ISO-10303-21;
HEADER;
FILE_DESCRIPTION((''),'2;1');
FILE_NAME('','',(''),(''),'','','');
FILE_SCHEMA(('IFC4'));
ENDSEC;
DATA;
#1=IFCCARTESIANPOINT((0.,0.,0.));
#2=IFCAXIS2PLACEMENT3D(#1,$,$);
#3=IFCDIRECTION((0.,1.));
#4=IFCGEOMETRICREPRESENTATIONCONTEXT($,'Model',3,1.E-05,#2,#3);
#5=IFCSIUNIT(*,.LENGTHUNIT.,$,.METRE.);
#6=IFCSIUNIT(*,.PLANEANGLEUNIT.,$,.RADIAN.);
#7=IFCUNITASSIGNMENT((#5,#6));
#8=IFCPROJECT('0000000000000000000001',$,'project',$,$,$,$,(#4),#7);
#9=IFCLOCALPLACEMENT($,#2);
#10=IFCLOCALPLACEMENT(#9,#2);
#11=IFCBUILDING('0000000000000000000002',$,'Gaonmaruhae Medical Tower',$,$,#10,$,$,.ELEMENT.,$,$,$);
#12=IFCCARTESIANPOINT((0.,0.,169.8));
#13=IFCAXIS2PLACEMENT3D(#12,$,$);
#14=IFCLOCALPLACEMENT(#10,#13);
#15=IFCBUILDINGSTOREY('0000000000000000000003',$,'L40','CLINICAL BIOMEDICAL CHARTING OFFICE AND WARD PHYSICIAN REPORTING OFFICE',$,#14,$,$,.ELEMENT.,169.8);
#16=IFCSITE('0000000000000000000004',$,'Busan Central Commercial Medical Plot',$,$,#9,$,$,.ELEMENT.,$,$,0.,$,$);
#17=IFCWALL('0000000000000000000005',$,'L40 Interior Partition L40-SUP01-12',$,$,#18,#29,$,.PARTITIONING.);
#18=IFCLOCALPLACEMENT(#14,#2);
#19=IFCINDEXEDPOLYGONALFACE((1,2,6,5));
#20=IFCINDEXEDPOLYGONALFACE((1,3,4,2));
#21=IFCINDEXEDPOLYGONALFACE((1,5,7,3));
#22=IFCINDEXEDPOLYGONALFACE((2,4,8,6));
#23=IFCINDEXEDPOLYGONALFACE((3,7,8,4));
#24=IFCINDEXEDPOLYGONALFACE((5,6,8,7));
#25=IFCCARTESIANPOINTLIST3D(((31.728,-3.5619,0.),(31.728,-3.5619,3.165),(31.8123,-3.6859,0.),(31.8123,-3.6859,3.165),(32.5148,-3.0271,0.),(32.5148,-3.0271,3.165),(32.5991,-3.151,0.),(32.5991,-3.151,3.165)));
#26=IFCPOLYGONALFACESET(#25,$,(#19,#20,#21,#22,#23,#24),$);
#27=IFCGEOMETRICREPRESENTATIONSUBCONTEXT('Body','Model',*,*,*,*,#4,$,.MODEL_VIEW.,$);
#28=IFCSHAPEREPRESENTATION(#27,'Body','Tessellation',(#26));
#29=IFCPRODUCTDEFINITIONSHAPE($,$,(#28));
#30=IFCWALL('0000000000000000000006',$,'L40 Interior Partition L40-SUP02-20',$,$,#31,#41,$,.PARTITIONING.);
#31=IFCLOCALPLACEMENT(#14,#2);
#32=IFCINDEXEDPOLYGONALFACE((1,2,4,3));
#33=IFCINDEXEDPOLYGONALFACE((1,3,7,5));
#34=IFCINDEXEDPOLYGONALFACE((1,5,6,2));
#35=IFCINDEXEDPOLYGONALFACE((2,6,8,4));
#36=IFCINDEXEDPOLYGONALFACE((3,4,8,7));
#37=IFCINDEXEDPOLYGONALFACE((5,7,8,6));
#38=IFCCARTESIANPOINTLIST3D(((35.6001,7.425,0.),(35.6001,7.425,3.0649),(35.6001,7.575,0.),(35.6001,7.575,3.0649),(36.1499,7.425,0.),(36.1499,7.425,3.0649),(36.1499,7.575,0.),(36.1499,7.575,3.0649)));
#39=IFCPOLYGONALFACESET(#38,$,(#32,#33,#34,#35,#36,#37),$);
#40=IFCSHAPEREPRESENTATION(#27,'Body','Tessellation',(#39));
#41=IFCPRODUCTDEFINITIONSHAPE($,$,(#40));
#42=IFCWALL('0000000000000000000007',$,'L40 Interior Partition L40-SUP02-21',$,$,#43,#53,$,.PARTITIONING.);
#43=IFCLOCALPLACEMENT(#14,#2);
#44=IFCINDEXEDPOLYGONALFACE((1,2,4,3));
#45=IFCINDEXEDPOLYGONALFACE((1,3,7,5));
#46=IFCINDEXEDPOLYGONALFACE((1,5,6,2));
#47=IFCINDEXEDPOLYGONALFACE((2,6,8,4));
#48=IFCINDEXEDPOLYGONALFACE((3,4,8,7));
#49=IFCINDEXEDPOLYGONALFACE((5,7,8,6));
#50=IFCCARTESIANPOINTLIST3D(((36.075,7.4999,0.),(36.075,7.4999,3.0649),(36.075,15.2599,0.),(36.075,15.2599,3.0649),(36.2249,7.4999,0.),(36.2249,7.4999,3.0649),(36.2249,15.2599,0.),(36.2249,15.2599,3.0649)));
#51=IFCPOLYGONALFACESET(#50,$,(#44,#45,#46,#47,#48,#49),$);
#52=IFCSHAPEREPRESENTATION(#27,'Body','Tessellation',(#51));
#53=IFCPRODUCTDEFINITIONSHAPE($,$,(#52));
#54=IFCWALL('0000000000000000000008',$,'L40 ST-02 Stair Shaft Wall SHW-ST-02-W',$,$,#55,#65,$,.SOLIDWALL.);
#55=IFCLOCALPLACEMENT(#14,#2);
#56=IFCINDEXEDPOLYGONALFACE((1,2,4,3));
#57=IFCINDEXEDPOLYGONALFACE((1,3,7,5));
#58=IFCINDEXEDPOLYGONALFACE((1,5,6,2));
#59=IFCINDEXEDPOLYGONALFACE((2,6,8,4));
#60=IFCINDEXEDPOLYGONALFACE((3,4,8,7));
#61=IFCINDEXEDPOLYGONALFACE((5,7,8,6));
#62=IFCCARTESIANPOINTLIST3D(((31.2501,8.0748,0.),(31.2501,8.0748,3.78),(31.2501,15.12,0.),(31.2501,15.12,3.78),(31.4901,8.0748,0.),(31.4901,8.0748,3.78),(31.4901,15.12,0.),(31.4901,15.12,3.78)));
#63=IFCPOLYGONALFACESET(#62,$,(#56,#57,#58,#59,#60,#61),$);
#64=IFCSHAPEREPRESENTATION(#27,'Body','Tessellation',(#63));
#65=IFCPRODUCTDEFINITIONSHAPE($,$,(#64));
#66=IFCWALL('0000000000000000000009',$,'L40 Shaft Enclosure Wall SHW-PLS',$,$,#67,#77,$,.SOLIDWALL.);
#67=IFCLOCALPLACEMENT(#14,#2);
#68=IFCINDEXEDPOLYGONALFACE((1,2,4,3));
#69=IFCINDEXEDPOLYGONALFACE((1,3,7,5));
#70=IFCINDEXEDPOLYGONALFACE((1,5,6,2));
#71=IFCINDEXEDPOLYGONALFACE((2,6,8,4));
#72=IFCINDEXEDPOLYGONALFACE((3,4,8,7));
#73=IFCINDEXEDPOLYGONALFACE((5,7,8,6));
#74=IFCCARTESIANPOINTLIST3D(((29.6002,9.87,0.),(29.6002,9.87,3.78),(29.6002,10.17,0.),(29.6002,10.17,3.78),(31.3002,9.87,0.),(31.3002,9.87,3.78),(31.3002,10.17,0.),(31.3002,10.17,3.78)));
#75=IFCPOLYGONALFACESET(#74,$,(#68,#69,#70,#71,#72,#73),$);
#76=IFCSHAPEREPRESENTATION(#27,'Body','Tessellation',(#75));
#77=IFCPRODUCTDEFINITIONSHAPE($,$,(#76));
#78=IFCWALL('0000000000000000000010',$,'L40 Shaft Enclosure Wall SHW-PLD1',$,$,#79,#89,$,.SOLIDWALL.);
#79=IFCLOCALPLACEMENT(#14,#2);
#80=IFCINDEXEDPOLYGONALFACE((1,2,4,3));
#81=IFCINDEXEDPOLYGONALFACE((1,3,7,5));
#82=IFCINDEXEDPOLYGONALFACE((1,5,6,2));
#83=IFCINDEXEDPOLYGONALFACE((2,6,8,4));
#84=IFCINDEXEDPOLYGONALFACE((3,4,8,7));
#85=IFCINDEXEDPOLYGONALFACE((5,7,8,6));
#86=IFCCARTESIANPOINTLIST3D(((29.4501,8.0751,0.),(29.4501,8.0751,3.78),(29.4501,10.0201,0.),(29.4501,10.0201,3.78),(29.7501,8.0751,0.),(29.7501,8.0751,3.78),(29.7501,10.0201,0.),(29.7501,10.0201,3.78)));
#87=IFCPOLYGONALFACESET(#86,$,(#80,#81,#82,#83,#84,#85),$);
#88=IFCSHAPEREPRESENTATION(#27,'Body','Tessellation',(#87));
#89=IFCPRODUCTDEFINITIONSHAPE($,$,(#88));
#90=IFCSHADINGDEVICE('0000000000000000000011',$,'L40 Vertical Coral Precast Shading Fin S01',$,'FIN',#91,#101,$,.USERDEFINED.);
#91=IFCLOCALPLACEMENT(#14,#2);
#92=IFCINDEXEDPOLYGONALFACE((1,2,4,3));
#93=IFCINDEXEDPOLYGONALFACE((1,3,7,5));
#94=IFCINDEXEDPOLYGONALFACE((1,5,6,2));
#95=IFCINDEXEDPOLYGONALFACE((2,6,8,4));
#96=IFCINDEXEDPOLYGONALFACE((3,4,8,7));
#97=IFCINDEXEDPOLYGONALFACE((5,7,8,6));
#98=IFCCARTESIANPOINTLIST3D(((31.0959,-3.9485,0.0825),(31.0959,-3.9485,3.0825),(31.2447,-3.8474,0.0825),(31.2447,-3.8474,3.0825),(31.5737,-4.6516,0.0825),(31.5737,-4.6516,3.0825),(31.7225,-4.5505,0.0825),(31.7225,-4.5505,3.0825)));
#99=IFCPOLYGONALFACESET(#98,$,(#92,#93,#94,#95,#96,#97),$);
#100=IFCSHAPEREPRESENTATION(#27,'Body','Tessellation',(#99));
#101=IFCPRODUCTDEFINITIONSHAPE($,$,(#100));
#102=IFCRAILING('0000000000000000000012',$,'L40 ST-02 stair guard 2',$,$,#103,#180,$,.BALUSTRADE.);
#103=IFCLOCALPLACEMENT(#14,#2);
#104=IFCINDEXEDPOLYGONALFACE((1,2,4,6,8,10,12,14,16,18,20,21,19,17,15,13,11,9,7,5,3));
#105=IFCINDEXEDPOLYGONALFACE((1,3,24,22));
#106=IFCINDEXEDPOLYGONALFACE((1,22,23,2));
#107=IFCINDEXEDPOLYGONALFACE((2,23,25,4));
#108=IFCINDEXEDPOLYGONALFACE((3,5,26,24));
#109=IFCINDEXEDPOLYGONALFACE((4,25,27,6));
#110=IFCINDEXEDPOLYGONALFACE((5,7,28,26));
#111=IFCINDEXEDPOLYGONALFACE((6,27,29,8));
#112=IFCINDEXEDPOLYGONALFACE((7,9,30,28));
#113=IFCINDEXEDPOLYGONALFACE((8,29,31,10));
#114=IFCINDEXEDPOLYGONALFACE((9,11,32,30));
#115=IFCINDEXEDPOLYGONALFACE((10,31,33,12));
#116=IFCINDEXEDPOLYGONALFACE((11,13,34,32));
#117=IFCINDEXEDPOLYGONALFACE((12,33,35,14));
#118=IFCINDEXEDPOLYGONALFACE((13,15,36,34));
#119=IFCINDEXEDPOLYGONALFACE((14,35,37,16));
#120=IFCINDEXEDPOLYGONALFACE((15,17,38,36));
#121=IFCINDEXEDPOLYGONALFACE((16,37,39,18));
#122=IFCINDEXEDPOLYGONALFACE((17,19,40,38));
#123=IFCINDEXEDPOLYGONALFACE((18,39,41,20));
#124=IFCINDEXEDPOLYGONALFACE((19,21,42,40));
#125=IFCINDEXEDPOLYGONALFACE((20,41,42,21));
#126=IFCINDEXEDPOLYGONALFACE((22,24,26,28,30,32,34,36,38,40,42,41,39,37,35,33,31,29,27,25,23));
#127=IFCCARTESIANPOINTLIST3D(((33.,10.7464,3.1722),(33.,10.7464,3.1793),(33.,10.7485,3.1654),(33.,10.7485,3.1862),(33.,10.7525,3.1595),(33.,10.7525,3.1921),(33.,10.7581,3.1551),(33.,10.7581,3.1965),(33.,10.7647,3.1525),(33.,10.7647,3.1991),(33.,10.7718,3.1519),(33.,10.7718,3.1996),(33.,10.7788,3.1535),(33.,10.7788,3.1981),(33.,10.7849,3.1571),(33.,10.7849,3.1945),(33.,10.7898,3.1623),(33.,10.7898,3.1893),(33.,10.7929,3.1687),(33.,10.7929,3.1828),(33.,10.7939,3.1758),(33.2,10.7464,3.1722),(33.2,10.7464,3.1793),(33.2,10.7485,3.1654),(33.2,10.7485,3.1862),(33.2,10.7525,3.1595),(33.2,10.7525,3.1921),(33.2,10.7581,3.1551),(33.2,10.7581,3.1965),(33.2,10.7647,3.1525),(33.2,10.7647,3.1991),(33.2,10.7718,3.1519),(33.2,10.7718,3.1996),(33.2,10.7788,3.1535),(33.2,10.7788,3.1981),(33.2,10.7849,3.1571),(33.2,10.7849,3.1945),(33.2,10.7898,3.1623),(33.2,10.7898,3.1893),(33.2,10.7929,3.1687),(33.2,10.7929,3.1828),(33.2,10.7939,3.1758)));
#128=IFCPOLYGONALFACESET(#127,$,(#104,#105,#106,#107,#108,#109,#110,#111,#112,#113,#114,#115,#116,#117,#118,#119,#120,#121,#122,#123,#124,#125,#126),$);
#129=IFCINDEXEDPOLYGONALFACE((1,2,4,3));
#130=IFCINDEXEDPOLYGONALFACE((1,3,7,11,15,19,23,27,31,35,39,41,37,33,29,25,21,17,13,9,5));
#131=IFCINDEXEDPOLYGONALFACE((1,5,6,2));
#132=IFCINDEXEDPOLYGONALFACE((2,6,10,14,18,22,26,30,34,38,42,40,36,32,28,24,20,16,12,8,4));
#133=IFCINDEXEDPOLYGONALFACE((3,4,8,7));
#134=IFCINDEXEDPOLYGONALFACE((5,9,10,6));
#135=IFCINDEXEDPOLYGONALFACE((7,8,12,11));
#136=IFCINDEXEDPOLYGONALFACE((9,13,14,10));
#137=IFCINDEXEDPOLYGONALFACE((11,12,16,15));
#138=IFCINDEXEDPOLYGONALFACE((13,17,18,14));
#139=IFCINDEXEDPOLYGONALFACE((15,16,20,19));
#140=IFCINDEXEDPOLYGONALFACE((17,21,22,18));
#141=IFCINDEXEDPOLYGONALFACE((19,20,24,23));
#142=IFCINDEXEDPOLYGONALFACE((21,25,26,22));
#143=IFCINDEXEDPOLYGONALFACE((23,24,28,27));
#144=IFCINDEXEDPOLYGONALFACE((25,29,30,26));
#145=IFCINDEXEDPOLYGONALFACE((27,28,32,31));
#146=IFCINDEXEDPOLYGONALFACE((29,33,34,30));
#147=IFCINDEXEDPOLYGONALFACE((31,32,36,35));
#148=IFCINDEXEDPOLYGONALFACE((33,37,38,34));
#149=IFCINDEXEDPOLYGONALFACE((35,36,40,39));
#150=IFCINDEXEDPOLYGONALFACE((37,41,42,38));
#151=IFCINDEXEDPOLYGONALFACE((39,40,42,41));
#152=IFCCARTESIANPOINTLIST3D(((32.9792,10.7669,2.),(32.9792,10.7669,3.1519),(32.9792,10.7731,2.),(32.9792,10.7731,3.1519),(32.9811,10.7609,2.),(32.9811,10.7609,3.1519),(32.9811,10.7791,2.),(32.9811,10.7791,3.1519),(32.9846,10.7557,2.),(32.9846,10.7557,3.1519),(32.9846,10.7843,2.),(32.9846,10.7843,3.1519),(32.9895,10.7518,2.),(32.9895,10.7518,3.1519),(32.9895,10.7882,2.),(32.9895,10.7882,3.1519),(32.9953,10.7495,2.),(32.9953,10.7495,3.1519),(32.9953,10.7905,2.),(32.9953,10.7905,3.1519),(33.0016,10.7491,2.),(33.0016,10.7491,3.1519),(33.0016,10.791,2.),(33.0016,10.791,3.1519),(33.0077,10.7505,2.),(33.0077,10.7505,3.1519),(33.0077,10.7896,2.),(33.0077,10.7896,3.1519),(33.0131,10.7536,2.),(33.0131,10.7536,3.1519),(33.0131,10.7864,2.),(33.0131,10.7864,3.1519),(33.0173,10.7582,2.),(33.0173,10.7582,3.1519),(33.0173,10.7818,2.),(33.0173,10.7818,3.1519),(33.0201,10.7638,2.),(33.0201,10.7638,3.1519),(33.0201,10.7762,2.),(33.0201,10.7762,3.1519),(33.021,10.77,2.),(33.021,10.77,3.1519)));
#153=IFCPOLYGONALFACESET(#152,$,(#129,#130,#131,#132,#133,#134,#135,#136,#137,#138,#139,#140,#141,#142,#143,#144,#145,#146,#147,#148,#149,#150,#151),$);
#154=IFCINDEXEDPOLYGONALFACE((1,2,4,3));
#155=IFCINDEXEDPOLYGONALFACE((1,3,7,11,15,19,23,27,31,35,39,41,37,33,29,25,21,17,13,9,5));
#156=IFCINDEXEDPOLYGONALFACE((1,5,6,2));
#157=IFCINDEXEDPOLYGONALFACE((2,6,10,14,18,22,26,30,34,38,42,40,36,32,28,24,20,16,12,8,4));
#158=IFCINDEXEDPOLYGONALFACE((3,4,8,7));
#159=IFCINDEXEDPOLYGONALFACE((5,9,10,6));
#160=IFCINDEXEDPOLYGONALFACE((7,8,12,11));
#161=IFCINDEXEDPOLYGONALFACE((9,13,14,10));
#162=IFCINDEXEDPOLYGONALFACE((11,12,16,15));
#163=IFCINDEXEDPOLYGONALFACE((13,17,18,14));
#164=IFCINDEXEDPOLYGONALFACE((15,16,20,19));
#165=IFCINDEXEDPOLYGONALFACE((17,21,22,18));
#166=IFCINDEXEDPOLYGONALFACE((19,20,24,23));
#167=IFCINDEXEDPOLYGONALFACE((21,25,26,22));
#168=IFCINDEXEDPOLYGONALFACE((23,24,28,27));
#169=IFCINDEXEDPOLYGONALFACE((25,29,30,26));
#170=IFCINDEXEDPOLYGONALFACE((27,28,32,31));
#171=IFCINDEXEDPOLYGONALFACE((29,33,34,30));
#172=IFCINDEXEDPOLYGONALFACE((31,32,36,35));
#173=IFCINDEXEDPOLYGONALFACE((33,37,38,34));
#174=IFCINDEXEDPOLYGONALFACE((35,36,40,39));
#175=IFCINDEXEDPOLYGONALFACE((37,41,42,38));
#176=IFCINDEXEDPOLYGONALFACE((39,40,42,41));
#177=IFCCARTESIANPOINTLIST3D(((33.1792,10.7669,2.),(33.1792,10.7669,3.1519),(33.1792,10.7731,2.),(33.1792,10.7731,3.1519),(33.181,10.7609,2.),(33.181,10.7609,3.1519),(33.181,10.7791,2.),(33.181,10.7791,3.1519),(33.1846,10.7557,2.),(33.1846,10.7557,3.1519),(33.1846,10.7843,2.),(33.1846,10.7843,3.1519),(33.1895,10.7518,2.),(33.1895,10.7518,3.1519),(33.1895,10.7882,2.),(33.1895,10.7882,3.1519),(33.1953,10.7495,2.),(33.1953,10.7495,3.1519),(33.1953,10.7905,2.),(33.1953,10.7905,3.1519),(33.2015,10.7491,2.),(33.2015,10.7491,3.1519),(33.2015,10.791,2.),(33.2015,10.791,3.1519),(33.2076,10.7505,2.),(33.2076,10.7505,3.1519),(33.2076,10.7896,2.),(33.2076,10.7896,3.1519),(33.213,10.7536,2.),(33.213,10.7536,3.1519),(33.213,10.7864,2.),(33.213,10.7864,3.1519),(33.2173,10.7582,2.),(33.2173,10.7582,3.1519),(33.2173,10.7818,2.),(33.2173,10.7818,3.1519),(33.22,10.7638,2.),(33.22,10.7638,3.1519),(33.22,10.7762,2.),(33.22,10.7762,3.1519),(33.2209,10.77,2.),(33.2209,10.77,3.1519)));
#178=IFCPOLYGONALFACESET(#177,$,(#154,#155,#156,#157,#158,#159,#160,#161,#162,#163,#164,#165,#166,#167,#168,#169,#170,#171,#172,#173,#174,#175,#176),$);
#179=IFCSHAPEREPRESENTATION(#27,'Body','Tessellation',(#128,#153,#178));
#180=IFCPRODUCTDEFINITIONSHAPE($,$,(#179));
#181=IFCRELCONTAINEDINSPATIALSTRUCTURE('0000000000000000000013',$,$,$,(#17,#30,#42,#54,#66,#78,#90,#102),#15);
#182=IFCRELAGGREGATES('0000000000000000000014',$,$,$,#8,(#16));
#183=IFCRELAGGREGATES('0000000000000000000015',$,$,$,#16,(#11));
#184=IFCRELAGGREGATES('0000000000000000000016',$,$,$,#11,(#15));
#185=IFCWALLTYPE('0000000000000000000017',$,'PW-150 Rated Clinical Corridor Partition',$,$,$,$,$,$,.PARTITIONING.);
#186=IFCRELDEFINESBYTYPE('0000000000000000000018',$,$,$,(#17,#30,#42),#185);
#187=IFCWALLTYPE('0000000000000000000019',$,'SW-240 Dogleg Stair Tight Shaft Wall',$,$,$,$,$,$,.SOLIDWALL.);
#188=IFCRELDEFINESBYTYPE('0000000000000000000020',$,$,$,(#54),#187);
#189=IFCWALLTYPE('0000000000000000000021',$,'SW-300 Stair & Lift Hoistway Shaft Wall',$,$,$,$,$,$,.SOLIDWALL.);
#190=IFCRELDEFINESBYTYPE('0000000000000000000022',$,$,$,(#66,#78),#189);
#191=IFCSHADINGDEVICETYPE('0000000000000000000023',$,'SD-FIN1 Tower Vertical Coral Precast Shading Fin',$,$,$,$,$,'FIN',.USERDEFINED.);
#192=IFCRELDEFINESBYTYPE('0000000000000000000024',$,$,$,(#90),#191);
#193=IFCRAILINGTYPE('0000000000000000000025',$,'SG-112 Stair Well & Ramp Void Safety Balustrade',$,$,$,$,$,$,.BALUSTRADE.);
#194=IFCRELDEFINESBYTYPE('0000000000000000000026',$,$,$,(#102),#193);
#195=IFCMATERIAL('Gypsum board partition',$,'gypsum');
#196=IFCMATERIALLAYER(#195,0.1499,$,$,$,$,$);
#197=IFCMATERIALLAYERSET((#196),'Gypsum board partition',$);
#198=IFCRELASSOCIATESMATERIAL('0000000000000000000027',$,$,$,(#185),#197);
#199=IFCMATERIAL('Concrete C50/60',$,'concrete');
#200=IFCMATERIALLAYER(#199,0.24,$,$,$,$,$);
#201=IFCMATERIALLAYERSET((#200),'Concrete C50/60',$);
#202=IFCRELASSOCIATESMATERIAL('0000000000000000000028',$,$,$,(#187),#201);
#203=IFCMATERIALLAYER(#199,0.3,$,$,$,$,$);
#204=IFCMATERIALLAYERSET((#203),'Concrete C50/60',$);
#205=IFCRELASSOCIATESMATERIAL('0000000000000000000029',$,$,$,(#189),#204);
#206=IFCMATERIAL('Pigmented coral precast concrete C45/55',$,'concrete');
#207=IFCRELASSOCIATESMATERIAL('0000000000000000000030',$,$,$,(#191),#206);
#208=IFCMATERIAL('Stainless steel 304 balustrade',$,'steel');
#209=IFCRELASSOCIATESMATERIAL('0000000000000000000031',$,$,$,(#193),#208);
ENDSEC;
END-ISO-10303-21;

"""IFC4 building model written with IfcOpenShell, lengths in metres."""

from ifc_helpers import new_model, si_unit, direction, frame, frame_2d, origin, origin_2d, place, context, subcontext, project, spatial, rectangle, circle, extrude, material, layer, layer_set, type_object, element, save


model = new_model("IFC4")

# Units and contexts
model_context = context("Model", 3, precision=1e-05, world=origin(), true_north=direction((0.0, 1.0)))
body_context = subcontext(model_context, "Body", "Model", "MODEL_VIEW")
ifc_project = project(units=[si_unit("LENGTHUNIT", "METRE"), si_unit("PLANEANGLEUNIT", "RADIAN")], contexts=[model_context])

# Site, building, storey
site_placement = place(None, origin())
site = spatial("IfcSite", under=ifc_project, at=site_placement, Name="Busan Central Commercial Medical Plot", CompositionType="ELEMENT", RefElevation=0.0)
building_placement = place(site_placement, origin())
building = spatial("IfcBuilding", under=site, at=building_placement, Name="Gaonmaruhae Medical Tower", CompositionType="ELEMENT")
storey_placement = place(building_placement, frame((0.0, 0.0, 169.8)))
storey = spatial("IfcBuildingStorey", under=building, at=storey_placement, Name="L40", Description="CLINICAL BIOMEDICAL CHARTING OFFICE AND WARD PHYSICIAN REPORTING OFFICE", CompositionType="ELEMENT", Elevation=169.8)

# Shared definitions
ifc_material_1 = material(Name="Concrete C50/60", Category="concrete")

# Shared definitions
ifc_material_2 = material(Name="Gypsum board partition", Category="gypsum")
ifc_layer_1 = layer(ifc_material_2, 0.1499)
ifc_layer_set_1 = layer_set([ifc_layer_1], Name="Gypsum board partition")
wall_type_1 = type_object("IfcWallType", Name="PW-150 Rated Clinical Corridor Partition", PredefinedType="PARTITIONING", material=ifc_layer_set_1)

# Walls
wall_1_placement = place(storey_placement, frame((32.5569, -3.0891, 0.0), z_axis=(0.0, 0.0, 1.0), x_axis=(-0.827003, -0.562198, 0.0)))
element("IfcWall", 1, at=wall_1_placement, inside=storey, type_object=wall_type_1, Name="L40 Interior Partition L40-SUP01-12", PredefinedType="PARTITIONING", context=body_context, shape_type="SweptSolid", body=[
    extrude(rectangle(XDim=0.9514, YDim=0.1499, at=frame_2d((0.4756, 0.0))), origin(), (0.0, 0.0, 1.0), 3.165),
])
wall_2_placement = place(storey_placement, frame((35.6001, 7.5, 0.0), z_axis=(0.0, 0.0, 1.0), x_axis=(1.0, 0.0, 0.0)))
element("IfcWall", 2, at=wall_2_placement, inside=storey, type_object=wall_type_1, Name="L40 Interior Partition L40-SUP02-20", PredefinedType="PARTITIONING", context=body_context, shape_type="SweptSolid", body=[
    extrude(rectangle(XDim=0.5498, YDim=0.1499, at=frame_2d((0.2749, 0.0))), origin(), (0.0, 0.0, 1.0), 3.0649),
])
wall_3_placement = place(storey_placement, frame((36.1499, 7.5, 0.0), z_axis=(0.0, 0.0, 1.0), x_axis=(0.0, 1.0, 0.0)))
element("IfcWall", 3, at=wall_3_placement, inside=storey, type_object=wall_type_1, Name="L40 Interior Partition L40-SUP02-21", PredefinedType="PARTITIONING", context=body_context, shape_type="SweptSolid", body=[
    extrude(rectangle(XDim=7.76, YDim=0.1499, at=frame_2d((3.8799, 0.0))), origin(), (0.0, 0.0, 1.0), 3.0649),
])
ifc_layer_2 = layer(ifc_material_1, 0.24)
ifc_layer_set_2 = layer_set([ifc_layer_2], Name="Concrete C50/60")
wall_type_2 = type_object("IfcWallType", Name="SW-240 Dogleg Stair Tight Shaft Wall", PredefinedType="SOLIDWALL", material=ifc_layer_set_2)
wall_4_placement = place(storey_placement, frame((31.3701, 8.075, 0.0), z_axis=(0.0, 0.0, 1.0), x_axis=(0.0, 1.0, 0.0)))
element("IfcWall", 4, at=wall_4_placement, inside=storey, type_object=wall_type_2, Name="L40 ST-02 Stair Shaft Wall SHW-ST-02-W", PredefinedType="SOLIDWALL", context=body_context, shape_type="SweptSolid", body=[
    extrude(rectangle(XDim=7.0452, YDim=0.24, at=frame_2d((3.5225, 0.0))), origin(), (0.0, 0.0, 1.0), 3.78),
])
ifc_layer_3 = layer(ifc_material_1, 0.3)
ifc_layer_set_3 = layer_set([ifc_layer_3], Name="Concrete C50/60")
wall_type_3 = type_object("IfcWallType", Name="SW-300 Stair & Lift Hoistway Shaft Wall", PredefinedType="SOLIDWALL", material=ifc_layer_set_3)
wall_5_placement = place(storey_placement, frame((29.6001, 10.02, 0.0), z_axis=(0.0, 0.0, 1.0), x_axis=(1.0, 0.0, 0.0)))
element("IfcWall", 5, at=wall_5_placement, inside=storey, type_object=wall_type_3, Name="L40 Shaft Enclosure Wall SHW-PLS", PredefinedType="SOLIDWALL", context=body_context, shape_type="SweptSolid", body=[
    extrude(rectangle(XDim=1.7, YDim=0.3, at=frame_2d((0.8501, 0.0))), origin(), (0.0, 0.0, 1.0), 3.78),
])
wall_6_placement = place(storey_placement, frame((29.6001, 8.075, 0.0), z_axis=(0.0, 0.0, 1.0), x_axis=(0.0, 1.0, 0.0)))
element("IfcWall", 6, at=wall_6_placement, inside=storey, type_object=wall_type_3, Name="L40 Shaft Enclosure Wall SHW-PLD1", PredefinedType="SOLIDWALL", context=body_context, shape_type="SweptSolid", body=[
    extrude(rectangle(XDim=1.9451, YDim=0.3, at=frame_2d((0.9727, 0.0))), origin(), (0.0, 0.0, 1.0), 3.78),
])

# Shading device
ifc_material_3 = material(Name="Pigmented coral precast concrete C45/55", Category="concrete")
shading_device_type = type_object("IfcShadingDeviceType", Name="SD-FIN1 Tower Vertical Coral Precast Shading Fin", ElementType="FIN", PredefinedType="USERDEFINED", material=ifc_material_3)
shading_device_placement = place(storey_placement, frame((31.4092, -4.2495, 0.0825), z_axis=(0.0, 0.0, 1.0), x_axis=(-0.827071, -0.562098, 0.0)))
element("IfcShadingDevice", 7, at=shading_device_placement, inside=storey, type_object=shading_device_type, Name="L40 Vertical Coral Precast Shading Fin S01", ObjectType="FIN", PredefinedType="USERDEFINED", context=body_context, shape_type="SweptSolid", body=[
    extrude(rectangle(XDim=0.1799, YDim=0.8501, at=origin_2d()), origin(), (0.0, 0.0, 1.0), 3.0),
])

# Railing
ifc_material_4 = material(Name="Stainless steel 304 balustrade", Category="steel")
railing_type = type_object("IfcRailingType", Name="SG-112 Stair Well & Ramp Void Safety Balustrade", PredefinedType="BALUSTRADE", material=ifc_material_4)
railing_1_placement = place(storey_placement, frame((33.0, 10.77, 2.0)))
element("IfcRailing", 8, at=railing_1_placement, inside=storey, type_object=railing_type, Name="L40 ST-02 stair guard 2", PredefinedType="BALUSTRADE", context=body_context, shape_type="SweptSolid", body=[
    extrude(circle(Radius=0.0239, at=origin_2d()), frame((0.0, 0.0, 1.1758), z_axis=(1.0, 0.0, 0.0), x_axis=(0.0, 1.0, 0.0)), (0.0, 0.0, 1.0), 0.2),
    extrude(circle(Radius=0.021, at=origin_2d()), origin(), (0.0, 0.0, 1.0), 1.1519),
    extrude(circle(Radius=0.021, at=origin_2d()), frame((0.2, 0.0, 0.0)), (0.0, 0.0, 1.0), 1.1519),
])

save(model, "model.ifc")
